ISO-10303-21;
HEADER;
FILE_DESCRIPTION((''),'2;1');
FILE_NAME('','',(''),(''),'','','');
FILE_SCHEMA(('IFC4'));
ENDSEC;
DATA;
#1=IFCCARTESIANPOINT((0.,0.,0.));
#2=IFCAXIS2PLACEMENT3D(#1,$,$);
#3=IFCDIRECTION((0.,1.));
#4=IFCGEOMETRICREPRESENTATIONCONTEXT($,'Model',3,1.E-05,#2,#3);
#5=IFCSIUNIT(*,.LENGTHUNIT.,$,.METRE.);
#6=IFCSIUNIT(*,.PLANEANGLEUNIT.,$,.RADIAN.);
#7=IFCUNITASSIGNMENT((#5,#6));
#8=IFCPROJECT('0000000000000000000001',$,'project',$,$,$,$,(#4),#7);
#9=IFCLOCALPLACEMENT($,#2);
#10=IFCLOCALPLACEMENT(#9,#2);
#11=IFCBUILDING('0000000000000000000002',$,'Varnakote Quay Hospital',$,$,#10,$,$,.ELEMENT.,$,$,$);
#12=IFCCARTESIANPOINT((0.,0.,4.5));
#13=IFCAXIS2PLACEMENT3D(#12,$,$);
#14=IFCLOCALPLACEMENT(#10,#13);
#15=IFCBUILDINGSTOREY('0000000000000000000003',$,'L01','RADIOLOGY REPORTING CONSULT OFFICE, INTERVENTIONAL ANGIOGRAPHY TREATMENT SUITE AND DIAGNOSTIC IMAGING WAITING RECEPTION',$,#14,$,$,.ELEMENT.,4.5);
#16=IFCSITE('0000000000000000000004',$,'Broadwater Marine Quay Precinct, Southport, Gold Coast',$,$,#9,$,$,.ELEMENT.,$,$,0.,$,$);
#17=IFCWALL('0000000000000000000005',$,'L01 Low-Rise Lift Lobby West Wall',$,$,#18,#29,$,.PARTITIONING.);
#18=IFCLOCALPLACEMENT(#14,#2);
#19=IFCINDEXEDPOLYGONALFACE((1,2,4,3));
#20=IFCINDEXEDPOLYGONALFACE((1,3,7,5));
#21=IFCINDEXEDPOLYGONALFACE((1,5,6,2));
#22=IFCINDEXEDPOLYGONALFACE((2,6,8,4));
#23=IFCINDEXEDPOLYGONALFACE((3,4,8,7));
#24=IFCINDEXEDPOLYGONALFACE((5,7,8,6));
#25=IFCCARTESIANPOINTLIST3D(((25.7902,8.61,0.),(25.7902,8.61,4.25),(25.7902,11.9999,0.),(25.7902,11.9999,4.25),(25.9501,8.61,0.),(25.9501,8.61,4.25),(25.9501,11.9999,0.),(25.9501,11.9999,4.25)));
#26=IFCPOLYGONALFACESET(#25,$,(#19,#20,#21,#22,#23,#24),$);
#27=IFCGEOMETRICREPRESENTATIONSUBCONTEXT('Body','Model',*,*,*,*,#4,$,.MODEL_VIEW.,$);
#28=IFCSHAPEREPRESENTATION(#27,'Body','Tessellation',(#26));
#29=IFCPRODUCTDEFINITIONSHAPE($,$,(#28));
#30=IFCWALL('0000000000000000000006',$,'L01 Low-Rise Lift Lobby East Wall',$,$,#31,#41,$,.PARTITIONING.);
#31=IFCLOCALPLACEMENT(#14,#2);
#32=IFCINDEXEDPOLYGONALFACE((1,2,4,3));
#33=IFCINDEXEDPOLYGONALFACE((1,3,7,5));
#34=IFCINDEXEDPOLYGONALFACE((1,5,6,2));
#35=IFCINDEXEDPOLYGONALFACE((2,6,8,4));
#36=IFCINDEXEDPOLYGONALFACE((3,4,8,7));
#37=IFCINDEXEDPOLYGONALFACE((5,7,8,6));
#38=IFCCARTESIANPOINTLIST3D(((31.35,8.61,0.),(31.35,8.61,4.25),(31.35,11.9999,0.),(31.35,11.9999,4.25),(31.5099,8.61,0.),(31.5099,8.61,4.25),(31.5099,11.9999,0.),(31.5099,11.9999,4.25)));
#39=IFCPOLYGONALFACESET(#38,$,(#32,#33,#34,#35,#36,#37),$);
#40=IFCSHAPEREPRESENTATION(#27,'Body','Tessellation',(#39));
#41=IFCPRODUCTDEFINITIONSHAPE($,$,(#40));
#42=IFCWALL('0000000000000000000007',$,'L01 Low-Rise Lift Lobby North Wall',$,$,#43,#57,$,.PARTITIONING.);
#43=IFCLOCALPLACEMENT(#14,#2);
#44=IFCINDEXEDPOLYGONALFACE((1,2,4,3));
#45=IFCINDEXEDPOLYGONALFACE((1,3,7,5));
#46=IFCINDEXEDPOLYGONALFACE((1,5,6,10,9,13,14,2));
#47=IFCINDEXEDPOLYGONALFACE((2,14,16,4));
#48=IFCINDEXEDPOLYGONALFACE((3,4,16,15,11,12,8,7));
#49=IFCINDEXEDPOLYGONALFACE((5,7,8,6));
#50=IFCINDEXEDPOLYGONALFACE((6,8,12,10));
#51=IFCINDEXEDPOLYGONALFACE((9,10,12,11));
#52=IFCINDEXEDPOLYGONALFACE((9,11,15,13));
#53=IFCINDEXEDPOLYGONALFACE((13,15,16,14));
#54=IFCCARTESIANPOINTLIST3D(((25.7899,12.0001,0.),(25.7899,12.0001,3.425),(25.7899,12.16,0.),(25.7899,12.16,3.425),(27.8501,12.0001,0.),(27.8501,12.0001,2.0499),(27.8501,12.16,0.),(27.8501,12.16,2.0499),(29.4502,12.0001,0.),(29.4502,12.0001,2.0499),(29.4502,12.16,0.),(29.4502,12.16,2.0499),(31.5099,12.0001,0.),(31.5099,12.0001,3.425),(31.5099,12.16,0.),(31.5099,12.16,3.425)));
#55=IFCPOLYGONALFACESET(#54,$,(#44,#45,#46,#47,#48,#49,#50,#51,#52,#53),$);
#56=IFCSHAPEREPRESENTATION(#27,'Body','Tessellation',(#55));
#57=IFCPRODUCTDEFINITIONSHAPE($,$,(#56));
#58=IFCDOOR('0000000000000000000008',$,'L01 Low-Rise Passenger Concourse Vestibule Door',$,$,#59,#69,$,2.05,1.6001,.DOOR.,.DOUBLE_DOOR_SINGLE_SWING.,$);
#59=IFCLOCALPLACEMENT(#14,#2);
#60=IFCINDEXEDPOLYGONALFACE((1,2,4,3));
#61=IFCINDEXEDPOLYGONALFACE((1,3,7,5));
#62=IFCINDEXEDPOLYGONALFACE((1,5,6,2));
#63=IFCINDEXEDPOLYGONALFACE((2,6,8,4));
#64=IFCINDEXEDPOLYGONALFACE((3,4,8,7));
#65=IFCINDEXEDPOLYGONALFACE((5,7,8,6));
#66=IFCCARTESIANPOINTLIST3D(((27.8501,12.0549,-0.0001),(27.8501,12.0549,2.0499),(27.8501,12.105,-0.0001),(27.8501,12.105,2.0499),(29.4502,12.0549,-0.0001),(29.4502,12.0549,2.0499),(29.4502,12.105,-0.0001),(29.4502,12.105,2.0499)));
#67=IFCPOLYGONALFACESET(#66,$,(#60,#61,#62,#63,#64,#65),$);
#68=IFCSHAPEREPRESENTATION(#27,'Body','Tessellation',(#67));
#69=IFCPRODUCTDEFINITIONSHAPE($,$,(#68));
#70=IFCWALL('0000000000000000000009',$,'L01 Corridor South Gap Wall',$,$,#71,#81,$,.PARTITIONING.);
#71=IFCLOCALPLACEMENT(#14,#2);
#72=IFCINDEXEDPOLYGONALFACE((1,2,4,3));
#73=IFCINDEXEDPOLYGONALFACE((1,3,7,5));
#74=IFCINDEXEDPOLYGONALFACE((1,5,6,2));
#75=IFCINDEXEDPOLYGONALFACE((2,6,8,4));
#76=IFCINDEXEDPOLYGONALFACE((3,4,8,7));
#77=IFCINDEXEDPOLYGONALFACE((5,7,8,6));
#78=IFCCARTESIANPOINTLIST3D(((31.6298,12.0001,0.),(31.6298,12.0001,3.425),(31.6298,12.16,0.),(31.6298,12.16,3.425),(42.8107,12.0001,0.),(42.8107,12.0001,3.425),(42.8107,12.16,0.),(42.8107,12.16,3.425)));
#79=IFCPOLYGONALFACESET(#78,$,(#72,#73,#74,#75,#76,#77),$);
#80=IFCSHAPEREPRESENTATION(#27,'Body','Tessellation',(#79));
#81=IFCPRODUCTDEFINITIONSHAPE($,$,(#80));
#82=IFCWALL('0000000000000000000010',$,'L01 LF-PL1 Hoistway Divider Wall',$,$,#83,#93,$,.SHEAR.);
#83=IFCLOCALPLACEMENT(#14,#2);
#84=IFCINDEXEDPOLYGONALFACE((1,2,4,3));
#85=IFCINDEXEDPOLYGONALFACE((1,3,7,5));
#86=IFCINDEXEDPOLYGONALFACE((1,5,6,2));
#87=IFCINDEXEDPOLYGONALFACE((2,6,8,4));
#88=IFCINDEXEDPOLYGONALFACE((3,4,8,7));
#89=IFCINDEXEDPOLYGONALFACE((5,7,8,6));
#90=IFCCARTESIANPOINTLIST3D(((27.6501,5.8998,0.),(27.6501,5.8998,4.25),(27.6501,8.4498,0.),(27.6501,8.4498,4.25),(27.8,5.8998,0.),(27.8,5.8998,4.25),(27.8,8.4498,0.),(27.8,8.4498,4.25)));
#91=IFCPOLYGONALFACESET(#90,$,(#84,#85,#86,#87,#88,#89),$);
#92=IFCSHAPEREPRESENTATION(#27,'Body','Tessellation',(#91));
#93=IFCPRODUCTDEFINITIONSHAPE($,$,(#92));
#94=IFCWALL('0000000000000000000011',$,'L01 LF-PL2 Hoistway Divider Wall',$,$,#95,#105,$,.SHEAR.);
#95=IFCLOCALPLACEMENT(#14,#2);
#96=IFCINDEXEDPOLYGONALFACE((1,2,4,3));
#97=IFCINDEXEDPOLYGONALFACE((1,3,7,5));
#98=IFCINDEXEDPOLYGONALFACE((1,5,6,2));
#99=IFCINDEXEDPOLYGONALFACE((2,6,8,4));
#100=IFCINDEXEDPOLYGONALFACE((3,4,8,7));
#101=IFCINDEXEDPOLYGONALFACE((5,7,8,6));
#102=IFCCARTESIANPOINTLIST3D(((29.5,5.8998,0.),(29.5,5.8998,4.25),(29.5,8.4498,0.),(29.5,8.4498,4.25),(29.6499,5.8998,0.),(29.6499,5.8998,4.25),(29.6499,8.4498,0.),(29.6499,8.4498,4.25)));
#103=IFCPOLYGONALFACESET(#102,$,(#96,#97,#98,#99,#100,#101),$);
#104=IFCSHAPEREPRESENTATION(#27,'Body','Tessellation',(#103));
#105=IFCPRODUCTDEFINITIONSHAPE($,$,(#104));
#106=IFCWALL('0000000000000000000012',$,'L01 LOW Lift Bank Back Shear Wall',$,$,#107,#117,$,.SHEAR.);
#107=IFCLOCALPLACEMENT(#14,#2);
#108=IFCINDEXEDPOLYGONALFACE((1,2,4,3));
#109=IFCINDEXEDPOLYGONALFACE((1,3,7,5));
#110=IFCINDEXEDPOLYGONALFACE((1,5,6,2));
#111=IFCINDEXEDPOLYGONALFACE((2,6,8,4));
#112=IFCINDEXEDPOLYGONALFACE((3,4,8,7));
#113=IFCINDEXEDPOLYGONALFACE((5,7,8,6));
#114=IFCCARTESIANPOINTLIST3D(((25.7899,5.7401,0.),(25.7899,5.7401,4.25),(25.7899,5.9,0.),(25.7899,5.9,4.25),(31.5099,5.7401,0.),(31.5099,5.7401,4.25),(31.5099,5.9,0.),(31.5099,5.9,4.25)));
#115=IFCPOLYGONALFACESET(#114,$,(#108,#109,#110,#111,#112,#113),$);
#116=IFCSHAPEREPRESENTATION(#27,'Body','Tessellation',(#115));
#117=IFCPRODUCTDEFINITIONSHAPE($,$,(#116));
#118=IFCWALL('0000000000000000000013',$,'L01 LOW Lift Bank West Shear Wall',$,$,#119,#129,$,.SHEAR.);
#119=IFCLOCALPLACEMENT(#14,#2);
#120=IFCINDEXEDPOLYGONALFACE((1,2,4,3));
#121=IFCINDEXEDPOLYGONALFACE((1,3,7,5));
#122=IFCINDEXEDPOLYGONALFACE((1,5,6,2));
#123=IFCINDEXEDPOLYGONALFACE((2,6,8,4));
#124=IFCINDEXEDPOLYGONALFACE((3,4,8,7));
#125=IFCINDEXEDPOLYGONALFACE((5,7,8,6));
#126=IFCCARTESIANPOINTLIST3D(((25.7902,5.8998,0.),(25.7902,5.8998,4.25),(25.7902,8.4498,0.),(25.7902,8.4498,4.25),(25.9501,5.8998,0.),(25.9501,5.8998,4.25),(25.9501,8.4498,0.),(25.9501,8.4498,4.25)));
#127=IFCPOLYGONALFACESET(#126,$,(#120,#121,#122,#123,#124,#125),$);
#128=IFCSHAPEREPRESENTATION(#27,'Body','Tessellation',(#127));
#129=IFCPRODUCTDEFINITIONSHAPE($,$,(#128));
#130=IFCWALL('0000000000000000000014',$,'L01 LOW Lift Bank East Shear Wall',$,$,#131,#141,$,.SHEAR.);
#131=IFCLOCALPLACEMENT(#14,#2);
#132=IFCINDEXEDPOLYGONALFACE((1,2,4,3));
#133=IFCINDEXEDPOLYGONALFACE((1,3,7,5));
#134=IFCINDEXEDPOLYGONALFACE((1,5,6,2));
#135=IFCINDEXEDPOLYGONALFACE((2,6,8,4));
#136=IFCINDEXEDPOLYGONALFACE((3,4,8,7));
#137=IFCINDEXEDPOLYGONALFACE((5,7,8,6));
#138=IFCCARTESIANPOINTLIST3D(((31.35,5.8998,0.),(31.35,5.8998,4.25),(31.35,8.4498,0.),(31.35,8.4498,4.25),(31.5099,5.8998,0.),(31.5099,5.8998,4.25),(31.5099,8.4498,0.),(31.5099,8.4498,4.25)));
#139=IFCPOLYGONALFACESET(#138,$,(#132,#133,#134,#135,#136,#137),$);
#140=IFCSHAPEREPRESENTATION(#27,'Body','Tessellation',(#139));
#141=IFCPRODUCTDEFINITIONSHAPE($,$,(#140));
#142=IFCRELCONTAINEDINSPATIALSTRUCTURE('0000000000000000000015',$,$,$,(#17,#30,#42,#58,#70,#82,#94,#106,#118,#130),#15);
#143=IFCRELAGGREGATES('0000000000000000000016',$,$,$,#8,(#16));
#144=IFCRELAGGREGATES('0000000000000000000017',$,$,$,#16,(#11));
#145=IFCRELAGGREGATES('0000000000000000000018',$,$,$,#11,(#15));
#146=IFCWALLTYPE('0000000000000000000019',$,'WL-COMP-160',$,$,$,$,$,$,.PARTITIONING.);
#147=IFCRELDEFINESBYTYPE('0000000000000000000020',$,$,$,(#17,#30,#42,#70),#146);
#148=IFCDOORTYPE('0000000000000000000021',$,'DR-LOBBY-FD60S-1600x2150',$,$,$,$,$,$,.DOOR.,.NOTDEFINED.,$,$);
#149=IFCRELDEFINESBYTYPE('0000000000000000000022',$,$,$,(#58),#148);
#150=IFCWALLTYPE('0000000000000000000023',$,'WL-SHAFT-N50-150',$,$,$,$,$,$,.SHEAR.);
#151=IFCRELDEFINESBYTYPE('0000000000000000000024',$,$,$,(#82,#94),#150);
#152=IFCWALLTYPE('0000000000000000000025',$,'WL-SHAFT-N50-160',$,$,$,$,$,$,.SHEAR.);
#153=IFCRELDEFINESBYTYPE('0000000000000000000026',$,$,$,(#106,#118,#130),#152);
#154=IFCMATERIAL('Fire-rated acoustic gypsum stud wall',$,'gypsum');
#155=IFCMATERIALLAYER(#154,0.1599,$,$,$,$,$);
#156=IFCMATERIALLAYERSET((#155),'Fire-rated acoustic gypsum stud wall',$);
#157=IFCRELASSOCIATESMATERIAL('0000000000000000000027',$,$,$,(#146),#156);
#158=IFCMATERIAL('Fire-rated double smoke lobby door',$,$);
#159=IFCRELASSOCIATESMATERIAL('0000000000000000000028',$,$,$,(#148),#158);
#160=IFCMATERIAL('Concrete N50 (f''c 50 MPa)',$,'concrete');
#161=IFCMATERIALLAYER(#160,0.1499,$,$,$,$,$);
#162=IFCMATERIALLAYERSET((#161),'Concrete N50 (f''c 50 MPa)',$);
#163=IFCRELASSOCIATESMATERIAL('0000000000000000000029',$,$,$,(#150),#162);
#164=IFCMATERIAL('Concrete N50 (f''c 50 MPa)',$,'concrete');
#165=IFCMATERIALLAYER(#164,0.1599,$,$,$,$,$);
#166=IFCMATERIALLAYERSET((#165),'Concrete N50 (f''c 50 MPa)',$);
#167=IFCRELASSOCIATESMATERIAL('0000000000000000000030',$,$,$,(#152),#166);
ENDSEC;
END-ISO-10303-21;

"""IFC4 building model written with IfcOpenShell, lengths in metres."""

from ifc_helpers import new_model, si_unit, direction, frame, frame_2d, origin, place, context, subcontext, project, spatial, rectangle, extrude, material, layer, layer_set, type_object, element, fill, save


model = new_model("IFC4")

# Units and contexts
model_context = context("Model", 3, precision=1e-05, world=origin(), true_north=direction((0.0, 1.0)))
body_context = subcontext(model_context, "Body", "Model", "MODEL_VIEW")
ifc_project = project(units=[si_unit("LENGTHUNIT", "METRE"), si_unit("PLANEANGLEUNIT", "RADIAN")], contexts=[model_context])

# Site, building, storey
site_placement = place(None, origin())
site = spatial("IfcSite", under=ifc_project, at=site_placement, Name="Broadwater Marine Quay Precinct, Southport, Gold Coast", CompositionType="ELEMENT", RefElevation=0.0)
building_placement = place(site_placement, origin())
building = spatial("IfcBuilding", under=site, at=building_placement, Name="Varnakote Quay Hospital", CompositionType="ELEMENT")
storey_placement = place(building_placement, frame((0.0, 0.0, 4.5)))
storey = spatial("IfcBuildingStorey", under=building, at=storey_placement, Name="L01", Description="RADIOLOGY REPORTING CONSULT OFFICE, INTERVENTIONAL ANGIOGRAPHY TREATMENT SUITE AND DIAGNOSTIC IMAGING WAITING RECEPTION", CompositionType="ELEMENT", Elevation=4.5)

# Walls
ifc_material_1 = material(Name="Fire-rated acoustic gypsum stud wall", Category="gypsum")
ifc_layer_1 = layer(ifc_material_1, 0.1599)
ifc_layer_set_1 = layer_set([ifc_layer_1], Name="Fire-rated acoustic gypsum stud wall")
wall_type_1 = type_object("IfcWallType", Name="WL-COMP-160", PredefinedType="PARTITIONING", material=ifc_layer_set_1)
for number, where, z_axis, x_axis, name in (
    (1, (25.8701, 8.6101, 0.0), (0.0, 0.0, 1.0), (0.0, 1.0, 0.0), "L01 Low-Rise Lift Lobby West Wall"),
    (2, (31.4299, 8.6101, 0.0), (0.0, 0.0, 1.0), (0.0, 1.0, 0.0), "L01 Low-Rise Lift Lobby East Wall"),
):
    element("IfcWall", number, at=place(storey_placement, frame(where, z_axis=z_axis, x_axis=x_axis)), inside=storey, type_object=wall_type_1, Name=name, PredefinedType="PARTITIONING", context=body_context, shape_type="SweptSolid", body=[
        extrude(rectangle(XDim=3.3899, YDim=0.1599, at=frame_2d((1.6948, 0.0))), origin(), (0.0, 0.0, 1.0), 4.25),
    ])

# Wall, opening, door
wall_1_placement = place(storey_placement, frame((25.79, 12.0801, 0.0), z_axis=(0.0, 0.0, 1.0), x_axis=(1.0, 0.0, 0.0)))
wall_1 = element("IfcWall", 3, at=wall_1_placement, inside=storey, type_object=wall_type_1, Name="L01 Low-Rise Lift Lobby North Wall", PredefinedType="PARTITIONING", context=body_context, shape_type="SweptSolid", body=[
    extrude(rectangle(XDim=5.72, YDim=0.1599, at=frame_2d((2.8599, 0.0))), origin(), (0.0, 0.0, 1.0), 3.425),
])
opening_1_placement = place(wall_1_placement, frame((2.0601, 0.0, 0.0)))
opening_1 = element("IfcOpeningElement", 4, at=opening_1_placement, cuts=wall_1, PredefinedType="OPENING", context=body_context, shape_type="SweptSolid", body=[
    extrude(rectangle(XDim=1.6001, YDim=2.05, at=frame_2d((0.8, 1.0249))), frame((0.0, 0.0898, 0.0), z_axis=(0.0, -1.0, 0.0), x_axis=(1.0, 0.0, 0.0)), (0.0, 0.0, 1.0), 0.1799),
])
ifc_material_2 = material(Name="Fire-rated double smoke lobby door")
door_type_1 = type_object("IfcDoorType", Name="DR-LOBBY-FD60S-1600x2150", OperationType="NOTDEFINED", PredefinedType="DOOR", material=ifc_material_2)
door_1_placement = place(opening_1_placement, origin())
door_1 = element("IfcDoor", 5, at=door_1_placement, inside=storey, type_object=door_type_1, Name="L01 Low-Rise Passenger Concourse Vestibule Door", OperationType="DOUBLE_DOOR_SINGLE_SWING", OverallHeight=2.05, OverallWidth=1.6001, PredefinedType="DOOR", context=body_context, shape_type="SweptSolid", body=[
    extrude(rectangle(XDim=1.6001, YDim=2.05, at=frame_2d((0.8, 1.0249))), frame((0.0, 0.0249, 0.0), z_axis=(0.0, -1.0, 0.0), x_axis=(1.0, 0.0, 0.0)), (0.0, 0.0, 1.0), 0.05),
])
fill(opening_1, door_1)

# Walls
wall_2_placement = place(storey_placement, frame((31.6299, 12.0801, 0.0), z_axis=(0.0, 0.0, 1.0), x_axis=(1.0, 0.0, 0.0)))
element("IfcWall", 6, at=wall_2_placement, inside=storey, type_object=wall_type_1, Name="L01 Corridor South Gap Wall", PredefinedType="PARTITIONING", context=body_context, shape_type="SweptSolid", body=[
    extrude(rectangle(XDim=11.1809, YDim=0.1599, at=frame_2d((5.5903, 0.0))), origin(), (0.0, 0.0, 1.0), 3.425),
])
ifc_material_3 = material(Name="Concrete N50 (f'c 50 MPa)", Category="concrete")
ifc_layer_2 = layer(ifc_material_3, 0.1499)
ifc_layer_set_2 = layer_set([ifc_layer_2], Name="Concrete N50 (f'c 50 MPa)")
wall_type_2 = type_object("IfcWallType", Name="WL-SHAFT-N50-150", PredefinedType="SHEAR", material=ifc_layer_set_2)
for number, where, z_axis, x_axis, name in (
    (7, (27.7251, 5.8999, 0.0), (0.0, 0.0, 1.0), (0.0, 1.0, 0.0), "L01 LF-PL1 Hoistway Divider Wall"),
    (8, (29.575, 5.8999, 0.0), (0.0, 0.0, 1.0), (0.0, 1.0, 0.0), "L01 LF-PL2 Hoistway Divider Wall"),
):
    element("IfcWall", number, at=place(storey_placement, frame(where, z_axis=z_axis, x_axis=x_axis)), inside=storey, type_object=wall_type_2, Name=name, PredefinedType="SHEAR", context=body_context, shape_type="SweptSolid", body=[
        extrude(rectangle(XDim=2.55, YDim=0.1499, at=frame_2d((1.2749, 0.0))), origin(), (0.0, 0.0, 1.0), 4.25),
    ])
ifc_material_4 = material(Name="Concrete N50 (f'c 50 MPa)", Category="concrete")
ifc_layer_3 = layer(ifc_material_4, 0.1599)
ifc_layer_set_3 = layer_set([ifc_layer_3], Name="Concrete N50 (f'c 50 MPa)")
wall_type_3 = type_object("IfcWallType", Name="WL-SHAFT-N50-160", PredefinedType="SHEAR", material=ifc_layer_set_3)
wall_3_placement = place(storey_placement, frame((25.79, 5.8201, 0.0), z_axis=(0.0, 0.0, 1.0), x_axis=(1.0, 0.0, 0.0)))
element("IfcWall", 9, at=wall_3_placement, inside=storey, type_object=wall_type_3, Name="L01 LOW Lift Bank Back Shear Wall", PredefinedType="SHEAR", context=body_context, shape_type="SweptSolid", body=[
    extrude(rectangle(XDim=5.72, YDim=0.1599, at=frame_2d((2.8599, 0.0))), origin(), (0.0, 0.0, 1.0), 4.25),
])
for number, where, z_axis, x_axis, name in (
    (10, (25.8701, 5.8999, 0.0), (0.0, 0.0, 1.0), (0.0, 1.0, 0.0), "L01 LOW Lift Bank West Shear Wall"),
    (11, (31.4299, 5.8999, 0.0), (0.0, 0.0, 1.0), (0.0, 1.0, 0.0), "L01 LOW Lift Bank East Shear Wall"),
):
    element("IfcWall", number, at=place(storey_placement, frame(where, z_axis=z_axis, x_axis=x_axis)), inside=storey, type_object=wall_type_3, Name=name, PredefinedType="SHEAR", context=body_context, shape_type="SweptSolid", body=[
        extrude(rectangle(XDim=2.55, YDim=0.1599, at=frame_2d((1.2749, 0.0))), origin(), (0.0, 0.0, 1.0), 4.25),
    ])

save(model, "model.ifc")
